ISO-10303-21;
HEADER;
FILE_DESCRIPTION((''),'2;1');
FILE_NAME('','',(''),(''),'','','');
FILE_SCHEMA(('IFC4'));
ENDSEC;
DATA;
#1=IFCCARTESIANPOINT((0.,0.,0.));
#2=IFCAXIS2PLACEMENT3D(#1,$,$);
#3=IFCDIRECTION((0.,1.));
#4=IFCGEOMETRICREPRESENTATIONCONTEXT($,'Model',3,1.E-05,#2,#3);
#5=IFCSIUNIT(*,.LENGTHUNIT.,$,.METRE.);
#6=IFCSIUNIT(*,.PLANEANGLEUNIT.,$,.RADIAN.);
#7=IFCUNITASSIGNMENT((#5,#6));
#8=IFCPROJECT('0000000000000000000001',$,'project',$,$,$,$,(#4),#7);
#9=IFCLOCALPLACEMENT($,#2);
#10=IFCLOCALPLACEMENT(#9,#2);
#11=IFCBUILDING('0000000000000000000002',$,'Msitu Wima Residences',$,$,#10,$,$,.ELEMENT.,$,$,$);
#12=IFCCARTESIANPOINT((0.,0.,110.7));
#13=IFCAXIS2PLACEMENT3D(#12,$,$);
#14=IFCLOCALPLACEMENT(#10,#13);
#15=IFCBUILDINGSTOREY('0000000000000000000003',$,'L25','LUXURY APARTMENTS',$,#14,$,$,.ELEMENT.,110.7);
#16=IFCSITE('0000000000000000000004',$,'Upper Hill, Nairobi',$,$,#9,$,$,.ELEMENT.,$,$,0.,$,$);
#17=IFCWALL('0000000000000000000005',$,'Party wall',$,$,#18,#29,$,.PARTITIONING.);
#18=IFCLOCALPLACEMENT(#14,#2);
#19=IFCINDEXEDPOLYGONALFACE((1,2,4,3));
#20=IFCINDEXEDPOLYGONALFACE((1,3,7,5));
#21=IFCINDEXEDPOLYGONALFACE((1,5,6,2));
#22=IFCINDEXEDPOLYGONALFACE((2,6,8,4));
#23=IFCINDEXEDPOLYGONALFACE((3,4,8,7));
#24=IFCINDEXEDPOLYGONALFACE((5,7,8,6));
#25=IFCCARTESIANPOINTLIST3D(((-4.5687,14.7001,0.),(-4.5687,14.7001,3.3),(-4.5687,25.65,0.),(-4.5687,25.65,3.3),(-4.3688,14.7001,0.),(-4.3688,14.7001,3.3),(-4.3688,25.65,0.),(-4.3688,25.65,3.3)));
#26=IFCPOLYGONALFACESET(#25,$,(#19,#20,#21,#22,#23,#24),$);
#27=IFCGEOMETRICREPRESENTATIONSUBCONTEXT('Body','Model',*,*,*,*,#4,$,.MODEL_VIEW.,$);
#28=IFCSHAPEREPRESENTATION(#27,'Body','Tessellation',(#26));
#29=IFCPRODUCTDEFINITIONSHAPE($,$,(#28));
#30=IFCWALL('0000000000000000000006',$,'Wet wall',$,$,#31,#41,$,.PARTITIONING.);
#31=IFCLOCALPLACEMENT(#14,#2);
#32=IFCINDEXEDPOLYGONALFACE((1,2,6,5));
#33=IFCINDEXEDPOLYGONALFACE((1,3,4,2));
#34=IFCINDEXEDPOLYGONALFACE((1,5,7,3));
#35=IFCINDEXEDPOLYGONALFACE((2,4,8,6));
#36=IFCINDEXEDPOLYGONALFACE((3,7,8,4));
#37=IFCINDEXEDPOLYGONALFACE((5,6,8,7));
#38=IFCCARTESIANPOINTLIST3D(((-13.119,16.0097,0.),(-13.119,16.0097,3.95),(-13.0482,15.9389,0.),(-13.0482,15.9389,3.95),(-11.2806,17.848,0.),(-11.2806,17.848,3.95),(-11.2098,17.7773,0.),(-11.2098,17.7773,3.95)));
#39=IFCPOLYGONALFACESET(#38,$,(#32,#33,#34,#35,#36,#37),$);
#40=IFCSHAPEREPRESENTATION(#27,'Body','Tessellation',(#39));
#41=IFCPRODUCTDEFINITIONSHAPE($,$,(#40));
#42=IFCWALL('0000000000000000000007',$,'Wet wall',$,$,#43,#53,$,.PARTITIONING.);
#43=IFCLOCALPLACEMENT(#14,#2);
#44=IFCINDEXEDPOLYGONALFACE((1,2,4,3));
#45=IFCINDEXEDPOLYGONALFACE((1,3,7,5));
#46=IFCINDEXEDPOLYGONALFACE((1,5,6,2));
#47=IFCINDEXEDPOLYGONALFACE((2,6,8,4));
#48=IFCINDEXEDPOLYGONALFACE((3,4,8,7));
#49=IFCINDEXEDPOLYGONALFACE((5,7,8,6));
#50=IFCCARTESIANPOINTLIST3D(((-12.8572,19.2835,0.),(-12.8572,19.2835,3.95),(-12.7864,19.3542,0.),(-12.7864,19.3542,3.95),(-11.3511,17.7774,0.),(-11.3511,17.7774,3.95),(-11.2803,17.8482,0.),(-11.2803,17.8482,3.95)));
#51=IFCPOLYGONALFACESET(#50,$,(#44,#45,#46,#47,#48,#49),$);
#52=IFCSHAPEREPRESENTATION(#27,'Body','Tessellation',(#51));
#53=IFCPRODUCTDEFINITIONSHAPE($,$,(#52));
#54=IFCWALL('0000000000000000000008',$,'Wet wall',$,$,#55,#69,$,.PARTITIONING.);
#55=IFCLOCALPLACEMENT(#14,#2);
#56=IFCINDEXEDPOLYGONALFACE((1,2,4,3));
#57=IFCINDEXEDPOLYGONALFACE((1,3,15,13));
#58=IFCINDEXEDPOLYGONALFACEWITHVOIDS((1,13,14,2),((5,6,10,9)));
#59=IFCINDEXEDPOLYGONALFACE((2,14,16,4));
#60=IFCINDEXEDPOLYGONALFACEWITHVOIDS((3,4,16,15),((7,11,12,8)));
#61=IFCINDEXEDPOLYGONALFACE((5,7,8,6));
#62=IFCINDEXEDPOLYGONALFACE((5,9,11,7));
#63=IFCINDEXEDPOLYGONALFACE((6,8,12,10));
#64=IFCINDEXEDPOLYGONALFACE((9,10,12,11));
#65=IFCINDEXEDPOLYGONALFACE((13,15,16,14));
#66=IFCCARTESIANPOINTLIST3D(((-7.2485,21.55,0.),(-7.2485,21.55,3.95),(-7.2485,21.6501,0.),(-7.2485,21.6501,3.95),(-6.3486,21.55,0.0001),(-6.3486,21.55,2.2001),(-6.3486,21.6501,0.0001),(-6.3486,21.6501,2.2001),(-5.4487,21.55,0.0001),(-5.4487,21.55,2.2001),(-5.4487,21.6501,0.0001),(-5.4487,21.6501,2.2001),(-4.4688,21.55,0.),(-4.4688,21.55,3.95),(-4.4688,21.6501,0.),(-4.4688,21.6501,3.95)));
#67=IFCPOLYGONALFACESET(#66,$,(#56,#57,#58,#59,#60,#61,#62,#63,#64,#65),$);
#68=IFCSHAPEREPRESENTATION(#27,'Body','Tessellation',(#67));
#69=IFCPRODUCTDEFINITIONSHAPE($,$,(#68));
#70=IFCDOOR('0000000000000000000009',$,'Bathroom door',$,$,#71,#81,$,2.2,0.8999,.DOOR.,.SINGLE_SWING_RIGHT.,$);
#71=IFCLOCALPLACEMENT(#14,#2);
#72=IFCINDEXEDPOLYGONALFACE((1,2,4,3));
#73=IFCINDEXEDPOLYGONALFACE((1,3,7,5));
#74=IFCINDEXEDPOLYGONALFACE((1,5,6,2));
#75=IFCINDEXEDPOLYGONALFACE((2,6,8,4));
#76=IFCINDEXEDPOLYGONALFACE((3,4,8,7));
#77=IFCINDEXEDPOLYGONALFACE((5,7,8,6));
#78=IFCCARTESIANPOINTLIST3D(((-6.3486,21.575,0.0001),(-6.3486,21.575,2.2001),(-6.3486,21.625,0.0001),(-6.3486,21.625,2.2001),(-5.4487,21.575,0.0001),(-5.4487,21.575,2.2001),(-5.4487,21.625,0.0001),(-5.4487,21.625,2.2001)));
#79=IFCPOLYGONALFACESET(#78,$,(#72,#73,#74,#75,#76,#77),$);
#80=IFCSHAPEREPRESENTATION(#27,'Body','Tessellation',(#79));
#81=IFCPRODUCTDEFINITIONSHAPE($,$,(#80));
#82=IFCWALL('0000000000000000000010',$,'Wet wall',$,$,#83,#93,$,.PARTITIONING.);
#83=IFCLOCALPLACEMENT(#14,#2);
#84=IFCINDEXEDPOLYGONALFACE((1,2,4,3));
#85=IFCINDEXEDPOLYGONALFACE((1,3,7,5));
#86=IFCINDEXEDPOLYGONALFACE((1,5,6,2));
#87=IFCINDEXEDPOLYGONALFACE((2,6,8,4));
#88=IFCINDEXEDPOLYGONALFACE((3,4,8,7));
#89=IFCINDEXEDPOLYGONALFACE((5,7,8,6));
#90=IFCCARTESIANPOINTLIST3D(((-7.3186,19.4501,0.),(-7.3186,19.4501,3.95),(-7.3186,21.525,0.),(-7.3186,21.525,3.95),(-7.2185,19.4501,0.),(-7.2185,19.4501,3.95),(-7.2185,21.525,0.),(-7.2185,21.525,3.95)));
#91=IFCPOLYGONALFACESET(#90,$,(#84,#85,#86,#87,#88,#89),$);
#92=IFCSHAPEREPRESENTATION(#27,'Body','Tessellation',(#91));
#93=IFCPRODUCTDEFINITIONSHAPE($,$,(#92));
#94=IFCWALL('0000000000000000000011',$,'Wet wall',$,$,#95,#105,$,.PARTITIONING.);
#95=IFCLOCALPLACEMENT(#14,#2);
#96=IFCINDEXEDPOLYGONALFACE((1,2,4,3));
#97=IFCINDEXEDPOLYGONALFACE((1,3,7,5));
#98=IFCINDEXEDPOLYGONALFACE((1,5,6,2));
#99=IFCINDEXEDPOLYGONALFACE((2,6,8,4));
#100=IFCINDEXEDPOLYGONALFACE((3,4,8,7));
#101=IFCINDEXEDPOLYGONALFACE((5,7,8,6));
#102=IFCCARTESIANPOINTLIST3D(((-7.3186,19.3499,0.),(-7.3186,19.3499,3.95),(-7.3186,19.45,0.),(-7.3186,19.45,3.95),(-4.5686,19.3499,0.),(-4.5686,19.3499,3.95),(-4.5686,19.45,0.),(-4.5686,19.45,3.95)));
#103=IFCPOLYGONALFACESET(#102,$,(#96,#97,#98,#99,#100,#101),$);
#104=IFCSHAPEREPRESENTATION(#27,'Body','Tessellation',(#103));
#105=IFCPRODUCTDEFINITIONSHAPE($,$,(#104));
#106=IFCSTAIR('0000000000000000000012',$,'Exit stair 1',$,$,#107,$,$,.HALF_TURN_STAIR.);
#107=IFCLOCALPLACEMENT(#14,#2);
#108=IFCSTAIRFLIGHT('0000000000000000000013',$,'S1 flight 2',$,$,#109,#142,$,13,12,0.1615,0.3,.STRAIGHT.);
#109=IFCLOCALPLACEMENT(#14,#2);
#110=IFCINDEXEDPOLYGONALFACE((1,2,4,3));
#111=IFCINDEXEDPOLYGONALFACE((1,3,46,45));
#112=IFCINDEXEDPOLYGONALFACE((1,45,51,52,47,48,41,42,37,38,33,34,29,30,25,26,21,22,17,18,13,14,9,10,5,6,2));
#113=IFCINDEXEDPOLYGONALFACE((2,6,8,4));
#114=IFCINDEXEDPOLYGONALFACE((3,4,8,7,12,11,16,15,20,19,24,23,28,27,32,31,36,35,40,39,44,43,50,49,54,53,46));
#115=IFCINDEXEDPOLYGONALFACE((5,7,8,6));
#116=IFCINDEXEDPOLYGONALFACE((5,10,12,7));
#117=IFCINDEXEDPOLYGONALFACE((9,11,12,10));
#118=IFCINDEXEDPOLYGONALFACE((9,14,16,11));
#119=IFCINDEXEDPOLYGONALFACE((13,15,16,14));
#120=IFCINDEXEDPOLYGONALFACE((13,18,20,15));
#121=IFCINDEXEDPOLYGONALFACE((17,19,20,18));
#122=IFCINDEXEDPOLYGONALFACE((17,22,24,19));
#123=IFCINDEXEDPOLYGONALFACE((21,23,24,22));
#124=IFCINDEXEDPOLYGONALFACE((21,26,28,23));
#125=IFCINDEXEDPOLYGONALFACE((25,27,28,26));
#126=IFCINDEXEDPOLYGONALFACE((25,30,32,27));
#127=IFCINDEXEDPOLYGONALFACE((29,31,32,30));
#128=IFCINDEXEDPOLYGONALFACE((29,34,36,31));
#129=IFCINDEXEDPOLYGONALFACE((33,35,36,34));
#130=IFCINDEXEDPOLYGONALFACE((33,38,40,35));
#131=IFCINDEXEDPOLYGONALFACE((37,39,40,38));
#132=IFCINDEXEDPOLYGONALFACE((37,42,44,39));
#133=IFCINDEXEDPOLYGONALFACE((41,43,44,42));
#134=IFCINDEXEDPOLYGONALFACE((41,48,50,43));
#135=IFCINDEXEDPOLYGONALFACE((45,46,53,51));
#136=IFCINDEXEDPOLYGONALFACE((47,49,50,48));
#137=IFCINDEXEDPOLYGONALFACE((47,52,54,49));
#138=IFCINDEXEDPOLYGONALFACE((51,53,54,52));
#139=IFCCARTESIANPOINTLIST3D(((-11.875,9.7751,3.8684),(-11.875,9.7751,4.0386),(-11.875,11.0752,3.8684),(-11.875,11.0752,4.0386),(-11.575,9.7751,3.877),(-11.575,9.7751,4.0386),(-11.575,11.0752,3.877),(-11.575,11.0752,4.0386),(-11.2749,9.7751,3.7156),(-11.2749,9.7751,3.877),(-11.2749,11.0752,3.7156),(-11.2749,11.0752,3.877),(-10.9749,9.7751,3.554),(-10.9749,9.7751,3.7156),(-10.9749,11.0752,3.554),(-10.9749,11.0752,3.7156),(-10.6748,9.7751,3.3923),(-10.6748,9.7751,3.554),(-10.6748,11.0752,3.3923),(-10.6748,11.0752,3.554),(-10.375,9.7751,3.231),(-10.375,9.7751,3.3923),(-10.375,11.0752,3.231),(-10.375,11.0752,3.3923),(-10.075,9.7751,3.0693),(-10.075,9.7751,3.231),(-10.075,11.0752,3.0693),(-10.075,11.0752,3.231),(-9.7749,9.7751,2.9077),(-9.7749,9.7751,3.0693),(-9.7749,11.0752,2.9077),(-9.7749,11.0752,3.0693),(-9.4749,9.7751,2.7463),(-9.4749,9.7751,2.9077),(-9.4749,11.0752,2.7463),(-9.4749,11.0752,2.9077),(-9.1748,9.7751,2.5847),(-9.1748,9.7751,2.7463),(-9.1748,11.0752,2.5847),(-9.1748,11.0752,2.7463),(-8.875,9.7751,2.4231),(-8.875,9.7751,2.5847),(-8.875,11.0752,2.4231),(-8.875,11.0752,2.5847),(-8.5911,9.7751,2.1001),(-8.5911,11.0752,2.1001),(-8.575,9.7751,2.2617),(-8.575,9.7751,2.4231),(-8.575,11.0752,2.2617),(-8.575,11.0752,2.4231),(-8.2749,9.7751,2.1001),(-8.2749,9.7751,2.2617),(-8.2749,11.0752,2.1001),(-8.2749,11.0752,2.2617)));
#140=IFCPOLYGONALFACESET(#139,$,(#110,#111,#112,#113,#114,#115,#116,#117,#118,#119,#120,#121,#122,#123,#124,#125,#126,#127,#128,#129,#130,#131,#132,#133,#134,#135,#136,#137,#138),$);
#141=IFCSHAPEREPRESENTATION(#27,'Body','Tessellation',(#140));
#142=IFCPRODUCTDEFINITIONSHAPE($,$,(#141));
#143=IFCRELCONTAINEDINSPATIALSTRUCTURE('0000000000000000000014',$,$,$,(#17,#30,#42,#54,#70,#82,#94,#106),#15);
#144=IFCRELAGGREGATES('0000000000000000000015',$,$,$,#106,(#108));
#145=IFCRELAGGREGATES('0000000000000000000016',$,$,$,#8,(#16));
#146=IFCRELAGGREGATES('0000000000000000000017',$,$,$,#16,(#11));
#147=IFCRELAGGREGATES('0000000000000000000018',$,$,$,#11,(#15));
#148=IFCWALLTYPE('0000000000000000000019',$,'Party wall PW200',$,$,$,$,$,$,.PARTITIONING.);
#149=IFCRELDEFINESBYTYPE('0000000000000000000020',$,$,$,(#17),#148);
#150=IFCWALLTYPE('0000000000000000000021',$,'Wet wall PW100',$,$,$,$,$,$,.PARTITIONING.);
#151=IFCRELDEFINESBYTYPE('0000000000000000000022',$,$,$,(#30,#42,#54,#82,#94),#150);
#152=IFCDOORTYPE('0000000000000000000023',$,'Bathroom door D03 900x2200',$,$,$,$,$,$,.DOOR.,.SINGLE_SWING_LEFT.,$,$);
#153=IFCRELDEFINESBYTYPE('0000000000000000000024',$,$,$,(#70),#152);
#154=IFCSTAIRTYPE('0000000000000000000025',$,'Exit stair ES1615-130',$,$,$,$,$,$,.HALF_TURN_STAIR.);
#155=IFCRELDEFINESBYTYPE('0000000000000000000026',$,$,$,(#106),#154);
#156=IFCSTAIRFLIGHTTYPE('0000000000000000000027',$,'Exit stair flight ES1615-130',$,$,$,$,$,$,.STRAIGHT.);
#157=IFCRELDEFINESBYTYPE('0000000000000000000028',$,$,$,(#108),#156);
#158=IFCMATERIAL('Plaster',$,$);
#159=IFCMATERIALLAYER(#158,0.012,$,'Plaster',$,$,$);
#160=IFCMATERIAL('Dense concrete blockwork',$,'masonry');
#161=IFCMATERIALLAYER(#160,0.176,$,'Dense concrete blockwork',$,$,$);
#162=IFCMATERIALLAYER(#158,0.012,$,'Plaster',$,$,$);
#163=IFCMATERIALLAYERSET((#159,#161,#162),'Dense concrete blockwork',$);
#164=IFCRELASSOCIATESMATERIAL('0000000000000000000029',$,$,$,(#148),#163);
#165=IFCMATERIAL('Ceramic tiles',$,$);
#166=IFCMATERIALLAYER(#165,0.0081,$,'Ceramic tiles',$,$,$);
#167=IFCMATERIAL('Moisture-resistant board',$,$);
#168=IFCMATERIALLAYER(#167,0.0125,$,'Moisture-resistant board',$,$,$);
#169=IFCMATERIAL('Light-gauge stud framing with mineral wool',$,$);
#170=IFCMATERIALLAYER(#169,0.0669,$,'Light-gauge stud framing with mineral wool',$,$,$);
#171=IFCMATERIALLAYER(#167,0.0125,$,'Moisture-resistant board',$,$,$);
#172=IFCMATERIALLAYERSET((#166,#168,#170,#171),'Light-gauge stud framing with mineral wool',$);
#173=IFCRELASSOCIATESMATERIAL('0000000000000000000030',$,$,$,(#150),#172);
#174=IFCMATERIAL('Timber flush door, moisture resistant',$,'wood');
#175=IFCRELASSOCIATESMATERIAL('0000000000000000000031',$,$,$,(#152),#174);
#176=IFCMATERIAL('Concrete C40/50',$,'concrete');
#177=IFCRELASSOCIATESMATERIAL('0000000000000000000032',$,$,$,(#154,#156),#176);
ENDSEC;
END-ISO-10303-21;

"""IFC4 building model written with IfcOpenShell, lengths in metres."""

from ifc_helpers import new_model, si_unit, direction, frame, frame_2d, origin, place, context, subcontext, project, spatial, polyline, rectangle, outline, extrude, material, layer, layer_set, type_object, element, fill, aggregate, save


model = new_model("IFC4")

# Units and contexts
model_context = context("Model", 3, precision=1e-05, world=origin(), true_north=direction((0.0, 1.0)))
body_context = subcontext(model_context, "Body", "Model", "MODEL_VIEW")
ifc_project = project(units=[si_unit("LENGTHUNIT", "METRE"), si_unit("PLANEANGLEUNIT", "RADIAN")], contexts=[model_context])

# Site, building, storey
site_placement = place(None, origin())
site = spatial("IfcSite", under=ifc_project, at=site_placement, Name="Upper Hill, Nairobi", CompositionType="ELEMENT", RefElevation=0.0)
building_placement = place(site_placement, origin())
building = spatial("IfcBuilding", under=site, at=building_placement, Name="Msitu Wima Residences", CompositionType="ELEMENT")
storey_placement = place(building_placement, frame((0.0, 0.0, 110.7)))
storey = spatial("IfcBuildingStorey", under=building, at=storey_placement, Name="L25", Description="LUXURY APARTMENTS", CompositionType="ELEMENT", Elevation=110.7)

# Shared definitions
ifc_material_1 = material(Name="Concrete C40/50", Category="concrete")

# Shared definitions
ifc_material_2 = material(Name="Plaster")

# Walls
ifc_layer_1 = layer(ifc_material_2, 0.012, Name="Plaster")
ifc_material_3 = material(Name="Dense concrete blockwork", Category="masonry")
ifc_layer_2 = layer(ifc_material_3, 0.176, Name="Dense concrete blockwork")
ifc_layer_3 = layer(ifc_material_2, 0.012, Name="Plaster")
ifc_layer_set_1 = layer_set([ifc_layer_1, ifc_layer_2, ifc_layer_3], Name="Dense concrete blockwork")
wall_type_1 = type_object("IfcWallType", Name="Party wall PW200", PredefinedType="PARTITIONING", material=ifc_layer_set_1)
wall_1_placement = place(storey_placement, frame((-4.4688, 14.7, 0.0), z_axis=(0.0, 0.0, 1.0), x_axis=(0.0, 1.0, 0.0)))
element("IfcWall", 1, at=wall_1_placement, inside=storey, type_object=wall_type_1, Name="Party wall", PredefinedType="PARTITIONING", context=body_context, shape_type="SweptSolid", body=[
    extrude(rectangle(XDim=10.95, YDim=0.2, at=frame_2d((5.4751, 0.0))), origin(), (0.0, 0.0, 1.0), 3.3),
])
ifc_material_4 = material(Name="Ceramic tiles")
ifc_layer_4 = layer(ifc_material_4, 0.0081, Name="Ceramic tiles")
ifc_material_5 = material(Name="Moisture-resistant board")
ifc_layer_5 = layer(ifc_material_5, 0.0125, Name="Moisture-resistant board")
ifc_material_6 = material(Name="Light-gauge stud framing with mineral wool")
ifc_layer_6 = layer(ifc_material_6, 0.0669, Name="Light-gauge stud framing with mineral wool")
ifc_layer_7 = layer(ifc_material_5, 0.0125, Name="Moisture-resistant board")
ifc_layer_set_2 = layer_set([ifc_layer_4, ifc_layer_5, ifc_layer_6, ifc_layer_7], Name="Light-gauge stud framing with mineral wool")
wall_type_2 = type_object("IfcWallType", Name="Wet wall PW100", PredefinedType="PARTITIONING", material=ifc_layer_set_2)
wall_2_placement = place(storey_placement, frame((-13.0835, 15.9744, 0.0), z_axis=(0.0, 0.0, 1.0), x_axis=(0.707107, 0.707107, 0.0)))
element("IfcWall", 2, at=wall_2_placement, inside=storey, type_object=wall_type_2, Name="Wet wall", PredefinedType="PARTITIONING", context=body_context, shape_type="SweptSolid", body=[
    extrude(rectangle(XDim=2.5999, YDim=0.1001, at=frame_2d((1.2998, 0.0))), origin(), (0.0, 0.0, 1.0), 3.95),
])
wall_3_placement = place(storey_placement, frame((-12.8218, 19.3188, 0.0), z_axis=(0.0, 0.0, 1.0), x_axis=(0.707107, -0.707107, 0.0)))
element("IfcWall", 3, at=wall_3_placement, inside=storey, type_object=wall_type_2, Name="Wet wall", PredefinedType="PARTITIONING", context=body_context, shape_type="SweptSolid", body=[
    extrude(rectangle(XDim=2.1299, YDim=0.1001, at=frame_2d((1.0649, 0.0))), origin(), (0.0, 0.0, 1.0), 3.95),
])

# Wall, opening, door
wall_4_placement = place(storey_placement, frame((-7.2485, 21.6001, 0.0), z_axis=(0.0, 0.0, 1.0), x_axis=(1.0, 0.0, 0.0)))
wall_4 = element("IfcWall", 4, at=wall_4_placement, inside=storey, type_object=wall_type_2, Name="Wet wall", PredefinedType="PARTITIONING", context=body_context, shape_type="SweptSolid", body=[
    extrude(rectangle(XDim=2.7798, YDim=0.1001, at=frame_2d((1.3899, 0.0))), origin(), (0.0, 0.0, 1.0), 3.95),
])
opening_1_placement = place(wall_4_placement, frame((0.8999, 0.0, 0.0)))
opening_1 = element("IfcOpeningElement", 5, at=opening_1_placement, cuts=wall_4, PredefinedType="OPENING", context=body_context, shape_type="SweptSolid", body=[
    extrude(rectangle(XDim=0.8999, YDim=2.2, at=frame_2d((0.45, 1.1001))), frame((0.0, 0.0601, 0.0), z_axis=(0.0, -1.0, 0.0), x_axis=(1.0, 0.0, 0.0)), (0.0, 0.0, 1.0), 0.1201),
])
ifc_material_7 = material(Name="Timber flush door, moisture resistant", Category="wood")
door_type_1 = type_object("IfcDoorType", Name="Bathroom door D03 900x2200", OperationType="SINGLE_SWING_LEFT", PredefinedType="DOOR", material=ifc_material_7)
door_1_placement = place(opening_1_placement, origin())
door_1 = element("IfcDoor", 6, at=door_1_placement, inside=storey, type_object=door_type_1, Name="Bathroom door", OperationType="SINGLE_SWING_RIGHT", OverallHeight=2.2, OverallWidth=0.8999, PredefinedType="DOOR", context=body_context, shape_type="SweptSolid", body=[
    extrude(rectangle(XDim=0.8999, YDim=2.2, at=frame_2d((0.45, 1.1001))), frame((0.0, 0.0249, 0.0), z_axis=(0.0, -1.0, 0.0), x_axis=(1.0, 0.0, 0.0)), (0.0, 0.0, 1.0), 0.05),
])
fill(opening_1, door_1)

# Walls
wall_5_placement = place(storey_placement, frame((-7.2686, 19.45, 0.0), z_axis=(0.0, 0.0, 1.0), x_axis=(0.0, 1.0, 0.0)))
element("IfcWall", 7, at=wall_5_placement, inside=storey, type_object=wall_type_2, Name="Wet wall", PredefinedType="PARTITIONING", context=body_context, shape_type="SweptSolid", body=[
    extrude(rectangle(XDim=2.075, YDim=0.1001, at=frame_2d((1.0376, 0.0))), origin(), (0.0, 0.0, 1.0), 3.95),
])
wall_6_placement = place(storey_placement, frame((-7.3186, 19.3999, 0.0), z_axis=(0.0, 0.0, 1.0), x_axis=(1.0, 0.0, 0.0)))
element("IfcWall", 8, at=wall_6_placement, inside=storey, type_object=wall_type_2, Name="Wet wall", PredefinedType="PARTITIONING", context=body_context, shape_type="SweptSolid", body=[
    extrude(rectangle(XDim=2.75, YDim=0.1001, at=frame_2d((1.375, 0.0))), origin(), (0.0, 0.0, 1.0), 3.95),
])

# Stair, stair flight
stair_type = type_object("IfcStairType", Name="Exit stair ES1615-130", PredefinedType="HALF_TURN_STAIR", material=ifc_material_1)
stair_placement = place(storey_placement, origin())
stair = element("IfcStair", 9, at=stair_placement, inside=storey, type_object=stair_type, Name="Exit stair 1", PredefinedType="HALF_TURN_STAIR")
stair_flight_type = type_object("IfcStairFlightType", Name="Exit stair flight ES1615-130", PredefinedType="STRAIGHT", material=ifc_material_1)
stair_flight_placement = place(storey_placement, frame((-8.2749, 10.425, 2.1001), z_axis=(0.0, 0.0, 1.0), x_axis=(-1.0, 0.0, 0.0)))
stair_flight = element("IfcStairFlight", 10, at=stair_flight_placement, type_object=stair_flight_type, Name="S1 flight 2", NumberOfRisers=13, NumberOfTreads=12, PredefinedType="STRAIGHT", RiserHeight=0.1615, TreadLength=0.3, context=body_context, shape_type="SweptSolid", body=[
    extrude(outline(polyline([(0.0, 0.0), (0.0, 0.1616), (0.3, 0.1616), (0.3, 0.323), (0.6001, 0.323), (0.6001, 0.4846), (0.8999, 0.4846), (0.8999, 0.6462), (1.2, 0.6462), (1.2, 0.8076), (1.5, 0.8076), (1.5, 0.9692), (1.8, 0.9692), (1.8, 1.1309), (2.1001, 1.1309), (2.1001, 1.2922), (2.3999, 1.2922), (2.3999, 1.4539), (2.7, 1.4539), (2.7, 1.6155), (3.0, 1.6155), (3.0, 1.7769), (3.3, 1.7769), (3.3, 1.9385), (3.6001, 1.9385), (3.6001, 2.1001), (3.6001, 1.7683), (0.3162, 0.0), (0.0, 0.0)])), frame((0.0, 0.6499, 0.0), z_axis=(0.0, -1.0, 0.0), x_axis=(1.0, 0.0, 0.0)), (0.0, 0.0, 1.0), 1.3),
])
aggregate(stair, [stair_flight])

save(model, "model.ifc")
